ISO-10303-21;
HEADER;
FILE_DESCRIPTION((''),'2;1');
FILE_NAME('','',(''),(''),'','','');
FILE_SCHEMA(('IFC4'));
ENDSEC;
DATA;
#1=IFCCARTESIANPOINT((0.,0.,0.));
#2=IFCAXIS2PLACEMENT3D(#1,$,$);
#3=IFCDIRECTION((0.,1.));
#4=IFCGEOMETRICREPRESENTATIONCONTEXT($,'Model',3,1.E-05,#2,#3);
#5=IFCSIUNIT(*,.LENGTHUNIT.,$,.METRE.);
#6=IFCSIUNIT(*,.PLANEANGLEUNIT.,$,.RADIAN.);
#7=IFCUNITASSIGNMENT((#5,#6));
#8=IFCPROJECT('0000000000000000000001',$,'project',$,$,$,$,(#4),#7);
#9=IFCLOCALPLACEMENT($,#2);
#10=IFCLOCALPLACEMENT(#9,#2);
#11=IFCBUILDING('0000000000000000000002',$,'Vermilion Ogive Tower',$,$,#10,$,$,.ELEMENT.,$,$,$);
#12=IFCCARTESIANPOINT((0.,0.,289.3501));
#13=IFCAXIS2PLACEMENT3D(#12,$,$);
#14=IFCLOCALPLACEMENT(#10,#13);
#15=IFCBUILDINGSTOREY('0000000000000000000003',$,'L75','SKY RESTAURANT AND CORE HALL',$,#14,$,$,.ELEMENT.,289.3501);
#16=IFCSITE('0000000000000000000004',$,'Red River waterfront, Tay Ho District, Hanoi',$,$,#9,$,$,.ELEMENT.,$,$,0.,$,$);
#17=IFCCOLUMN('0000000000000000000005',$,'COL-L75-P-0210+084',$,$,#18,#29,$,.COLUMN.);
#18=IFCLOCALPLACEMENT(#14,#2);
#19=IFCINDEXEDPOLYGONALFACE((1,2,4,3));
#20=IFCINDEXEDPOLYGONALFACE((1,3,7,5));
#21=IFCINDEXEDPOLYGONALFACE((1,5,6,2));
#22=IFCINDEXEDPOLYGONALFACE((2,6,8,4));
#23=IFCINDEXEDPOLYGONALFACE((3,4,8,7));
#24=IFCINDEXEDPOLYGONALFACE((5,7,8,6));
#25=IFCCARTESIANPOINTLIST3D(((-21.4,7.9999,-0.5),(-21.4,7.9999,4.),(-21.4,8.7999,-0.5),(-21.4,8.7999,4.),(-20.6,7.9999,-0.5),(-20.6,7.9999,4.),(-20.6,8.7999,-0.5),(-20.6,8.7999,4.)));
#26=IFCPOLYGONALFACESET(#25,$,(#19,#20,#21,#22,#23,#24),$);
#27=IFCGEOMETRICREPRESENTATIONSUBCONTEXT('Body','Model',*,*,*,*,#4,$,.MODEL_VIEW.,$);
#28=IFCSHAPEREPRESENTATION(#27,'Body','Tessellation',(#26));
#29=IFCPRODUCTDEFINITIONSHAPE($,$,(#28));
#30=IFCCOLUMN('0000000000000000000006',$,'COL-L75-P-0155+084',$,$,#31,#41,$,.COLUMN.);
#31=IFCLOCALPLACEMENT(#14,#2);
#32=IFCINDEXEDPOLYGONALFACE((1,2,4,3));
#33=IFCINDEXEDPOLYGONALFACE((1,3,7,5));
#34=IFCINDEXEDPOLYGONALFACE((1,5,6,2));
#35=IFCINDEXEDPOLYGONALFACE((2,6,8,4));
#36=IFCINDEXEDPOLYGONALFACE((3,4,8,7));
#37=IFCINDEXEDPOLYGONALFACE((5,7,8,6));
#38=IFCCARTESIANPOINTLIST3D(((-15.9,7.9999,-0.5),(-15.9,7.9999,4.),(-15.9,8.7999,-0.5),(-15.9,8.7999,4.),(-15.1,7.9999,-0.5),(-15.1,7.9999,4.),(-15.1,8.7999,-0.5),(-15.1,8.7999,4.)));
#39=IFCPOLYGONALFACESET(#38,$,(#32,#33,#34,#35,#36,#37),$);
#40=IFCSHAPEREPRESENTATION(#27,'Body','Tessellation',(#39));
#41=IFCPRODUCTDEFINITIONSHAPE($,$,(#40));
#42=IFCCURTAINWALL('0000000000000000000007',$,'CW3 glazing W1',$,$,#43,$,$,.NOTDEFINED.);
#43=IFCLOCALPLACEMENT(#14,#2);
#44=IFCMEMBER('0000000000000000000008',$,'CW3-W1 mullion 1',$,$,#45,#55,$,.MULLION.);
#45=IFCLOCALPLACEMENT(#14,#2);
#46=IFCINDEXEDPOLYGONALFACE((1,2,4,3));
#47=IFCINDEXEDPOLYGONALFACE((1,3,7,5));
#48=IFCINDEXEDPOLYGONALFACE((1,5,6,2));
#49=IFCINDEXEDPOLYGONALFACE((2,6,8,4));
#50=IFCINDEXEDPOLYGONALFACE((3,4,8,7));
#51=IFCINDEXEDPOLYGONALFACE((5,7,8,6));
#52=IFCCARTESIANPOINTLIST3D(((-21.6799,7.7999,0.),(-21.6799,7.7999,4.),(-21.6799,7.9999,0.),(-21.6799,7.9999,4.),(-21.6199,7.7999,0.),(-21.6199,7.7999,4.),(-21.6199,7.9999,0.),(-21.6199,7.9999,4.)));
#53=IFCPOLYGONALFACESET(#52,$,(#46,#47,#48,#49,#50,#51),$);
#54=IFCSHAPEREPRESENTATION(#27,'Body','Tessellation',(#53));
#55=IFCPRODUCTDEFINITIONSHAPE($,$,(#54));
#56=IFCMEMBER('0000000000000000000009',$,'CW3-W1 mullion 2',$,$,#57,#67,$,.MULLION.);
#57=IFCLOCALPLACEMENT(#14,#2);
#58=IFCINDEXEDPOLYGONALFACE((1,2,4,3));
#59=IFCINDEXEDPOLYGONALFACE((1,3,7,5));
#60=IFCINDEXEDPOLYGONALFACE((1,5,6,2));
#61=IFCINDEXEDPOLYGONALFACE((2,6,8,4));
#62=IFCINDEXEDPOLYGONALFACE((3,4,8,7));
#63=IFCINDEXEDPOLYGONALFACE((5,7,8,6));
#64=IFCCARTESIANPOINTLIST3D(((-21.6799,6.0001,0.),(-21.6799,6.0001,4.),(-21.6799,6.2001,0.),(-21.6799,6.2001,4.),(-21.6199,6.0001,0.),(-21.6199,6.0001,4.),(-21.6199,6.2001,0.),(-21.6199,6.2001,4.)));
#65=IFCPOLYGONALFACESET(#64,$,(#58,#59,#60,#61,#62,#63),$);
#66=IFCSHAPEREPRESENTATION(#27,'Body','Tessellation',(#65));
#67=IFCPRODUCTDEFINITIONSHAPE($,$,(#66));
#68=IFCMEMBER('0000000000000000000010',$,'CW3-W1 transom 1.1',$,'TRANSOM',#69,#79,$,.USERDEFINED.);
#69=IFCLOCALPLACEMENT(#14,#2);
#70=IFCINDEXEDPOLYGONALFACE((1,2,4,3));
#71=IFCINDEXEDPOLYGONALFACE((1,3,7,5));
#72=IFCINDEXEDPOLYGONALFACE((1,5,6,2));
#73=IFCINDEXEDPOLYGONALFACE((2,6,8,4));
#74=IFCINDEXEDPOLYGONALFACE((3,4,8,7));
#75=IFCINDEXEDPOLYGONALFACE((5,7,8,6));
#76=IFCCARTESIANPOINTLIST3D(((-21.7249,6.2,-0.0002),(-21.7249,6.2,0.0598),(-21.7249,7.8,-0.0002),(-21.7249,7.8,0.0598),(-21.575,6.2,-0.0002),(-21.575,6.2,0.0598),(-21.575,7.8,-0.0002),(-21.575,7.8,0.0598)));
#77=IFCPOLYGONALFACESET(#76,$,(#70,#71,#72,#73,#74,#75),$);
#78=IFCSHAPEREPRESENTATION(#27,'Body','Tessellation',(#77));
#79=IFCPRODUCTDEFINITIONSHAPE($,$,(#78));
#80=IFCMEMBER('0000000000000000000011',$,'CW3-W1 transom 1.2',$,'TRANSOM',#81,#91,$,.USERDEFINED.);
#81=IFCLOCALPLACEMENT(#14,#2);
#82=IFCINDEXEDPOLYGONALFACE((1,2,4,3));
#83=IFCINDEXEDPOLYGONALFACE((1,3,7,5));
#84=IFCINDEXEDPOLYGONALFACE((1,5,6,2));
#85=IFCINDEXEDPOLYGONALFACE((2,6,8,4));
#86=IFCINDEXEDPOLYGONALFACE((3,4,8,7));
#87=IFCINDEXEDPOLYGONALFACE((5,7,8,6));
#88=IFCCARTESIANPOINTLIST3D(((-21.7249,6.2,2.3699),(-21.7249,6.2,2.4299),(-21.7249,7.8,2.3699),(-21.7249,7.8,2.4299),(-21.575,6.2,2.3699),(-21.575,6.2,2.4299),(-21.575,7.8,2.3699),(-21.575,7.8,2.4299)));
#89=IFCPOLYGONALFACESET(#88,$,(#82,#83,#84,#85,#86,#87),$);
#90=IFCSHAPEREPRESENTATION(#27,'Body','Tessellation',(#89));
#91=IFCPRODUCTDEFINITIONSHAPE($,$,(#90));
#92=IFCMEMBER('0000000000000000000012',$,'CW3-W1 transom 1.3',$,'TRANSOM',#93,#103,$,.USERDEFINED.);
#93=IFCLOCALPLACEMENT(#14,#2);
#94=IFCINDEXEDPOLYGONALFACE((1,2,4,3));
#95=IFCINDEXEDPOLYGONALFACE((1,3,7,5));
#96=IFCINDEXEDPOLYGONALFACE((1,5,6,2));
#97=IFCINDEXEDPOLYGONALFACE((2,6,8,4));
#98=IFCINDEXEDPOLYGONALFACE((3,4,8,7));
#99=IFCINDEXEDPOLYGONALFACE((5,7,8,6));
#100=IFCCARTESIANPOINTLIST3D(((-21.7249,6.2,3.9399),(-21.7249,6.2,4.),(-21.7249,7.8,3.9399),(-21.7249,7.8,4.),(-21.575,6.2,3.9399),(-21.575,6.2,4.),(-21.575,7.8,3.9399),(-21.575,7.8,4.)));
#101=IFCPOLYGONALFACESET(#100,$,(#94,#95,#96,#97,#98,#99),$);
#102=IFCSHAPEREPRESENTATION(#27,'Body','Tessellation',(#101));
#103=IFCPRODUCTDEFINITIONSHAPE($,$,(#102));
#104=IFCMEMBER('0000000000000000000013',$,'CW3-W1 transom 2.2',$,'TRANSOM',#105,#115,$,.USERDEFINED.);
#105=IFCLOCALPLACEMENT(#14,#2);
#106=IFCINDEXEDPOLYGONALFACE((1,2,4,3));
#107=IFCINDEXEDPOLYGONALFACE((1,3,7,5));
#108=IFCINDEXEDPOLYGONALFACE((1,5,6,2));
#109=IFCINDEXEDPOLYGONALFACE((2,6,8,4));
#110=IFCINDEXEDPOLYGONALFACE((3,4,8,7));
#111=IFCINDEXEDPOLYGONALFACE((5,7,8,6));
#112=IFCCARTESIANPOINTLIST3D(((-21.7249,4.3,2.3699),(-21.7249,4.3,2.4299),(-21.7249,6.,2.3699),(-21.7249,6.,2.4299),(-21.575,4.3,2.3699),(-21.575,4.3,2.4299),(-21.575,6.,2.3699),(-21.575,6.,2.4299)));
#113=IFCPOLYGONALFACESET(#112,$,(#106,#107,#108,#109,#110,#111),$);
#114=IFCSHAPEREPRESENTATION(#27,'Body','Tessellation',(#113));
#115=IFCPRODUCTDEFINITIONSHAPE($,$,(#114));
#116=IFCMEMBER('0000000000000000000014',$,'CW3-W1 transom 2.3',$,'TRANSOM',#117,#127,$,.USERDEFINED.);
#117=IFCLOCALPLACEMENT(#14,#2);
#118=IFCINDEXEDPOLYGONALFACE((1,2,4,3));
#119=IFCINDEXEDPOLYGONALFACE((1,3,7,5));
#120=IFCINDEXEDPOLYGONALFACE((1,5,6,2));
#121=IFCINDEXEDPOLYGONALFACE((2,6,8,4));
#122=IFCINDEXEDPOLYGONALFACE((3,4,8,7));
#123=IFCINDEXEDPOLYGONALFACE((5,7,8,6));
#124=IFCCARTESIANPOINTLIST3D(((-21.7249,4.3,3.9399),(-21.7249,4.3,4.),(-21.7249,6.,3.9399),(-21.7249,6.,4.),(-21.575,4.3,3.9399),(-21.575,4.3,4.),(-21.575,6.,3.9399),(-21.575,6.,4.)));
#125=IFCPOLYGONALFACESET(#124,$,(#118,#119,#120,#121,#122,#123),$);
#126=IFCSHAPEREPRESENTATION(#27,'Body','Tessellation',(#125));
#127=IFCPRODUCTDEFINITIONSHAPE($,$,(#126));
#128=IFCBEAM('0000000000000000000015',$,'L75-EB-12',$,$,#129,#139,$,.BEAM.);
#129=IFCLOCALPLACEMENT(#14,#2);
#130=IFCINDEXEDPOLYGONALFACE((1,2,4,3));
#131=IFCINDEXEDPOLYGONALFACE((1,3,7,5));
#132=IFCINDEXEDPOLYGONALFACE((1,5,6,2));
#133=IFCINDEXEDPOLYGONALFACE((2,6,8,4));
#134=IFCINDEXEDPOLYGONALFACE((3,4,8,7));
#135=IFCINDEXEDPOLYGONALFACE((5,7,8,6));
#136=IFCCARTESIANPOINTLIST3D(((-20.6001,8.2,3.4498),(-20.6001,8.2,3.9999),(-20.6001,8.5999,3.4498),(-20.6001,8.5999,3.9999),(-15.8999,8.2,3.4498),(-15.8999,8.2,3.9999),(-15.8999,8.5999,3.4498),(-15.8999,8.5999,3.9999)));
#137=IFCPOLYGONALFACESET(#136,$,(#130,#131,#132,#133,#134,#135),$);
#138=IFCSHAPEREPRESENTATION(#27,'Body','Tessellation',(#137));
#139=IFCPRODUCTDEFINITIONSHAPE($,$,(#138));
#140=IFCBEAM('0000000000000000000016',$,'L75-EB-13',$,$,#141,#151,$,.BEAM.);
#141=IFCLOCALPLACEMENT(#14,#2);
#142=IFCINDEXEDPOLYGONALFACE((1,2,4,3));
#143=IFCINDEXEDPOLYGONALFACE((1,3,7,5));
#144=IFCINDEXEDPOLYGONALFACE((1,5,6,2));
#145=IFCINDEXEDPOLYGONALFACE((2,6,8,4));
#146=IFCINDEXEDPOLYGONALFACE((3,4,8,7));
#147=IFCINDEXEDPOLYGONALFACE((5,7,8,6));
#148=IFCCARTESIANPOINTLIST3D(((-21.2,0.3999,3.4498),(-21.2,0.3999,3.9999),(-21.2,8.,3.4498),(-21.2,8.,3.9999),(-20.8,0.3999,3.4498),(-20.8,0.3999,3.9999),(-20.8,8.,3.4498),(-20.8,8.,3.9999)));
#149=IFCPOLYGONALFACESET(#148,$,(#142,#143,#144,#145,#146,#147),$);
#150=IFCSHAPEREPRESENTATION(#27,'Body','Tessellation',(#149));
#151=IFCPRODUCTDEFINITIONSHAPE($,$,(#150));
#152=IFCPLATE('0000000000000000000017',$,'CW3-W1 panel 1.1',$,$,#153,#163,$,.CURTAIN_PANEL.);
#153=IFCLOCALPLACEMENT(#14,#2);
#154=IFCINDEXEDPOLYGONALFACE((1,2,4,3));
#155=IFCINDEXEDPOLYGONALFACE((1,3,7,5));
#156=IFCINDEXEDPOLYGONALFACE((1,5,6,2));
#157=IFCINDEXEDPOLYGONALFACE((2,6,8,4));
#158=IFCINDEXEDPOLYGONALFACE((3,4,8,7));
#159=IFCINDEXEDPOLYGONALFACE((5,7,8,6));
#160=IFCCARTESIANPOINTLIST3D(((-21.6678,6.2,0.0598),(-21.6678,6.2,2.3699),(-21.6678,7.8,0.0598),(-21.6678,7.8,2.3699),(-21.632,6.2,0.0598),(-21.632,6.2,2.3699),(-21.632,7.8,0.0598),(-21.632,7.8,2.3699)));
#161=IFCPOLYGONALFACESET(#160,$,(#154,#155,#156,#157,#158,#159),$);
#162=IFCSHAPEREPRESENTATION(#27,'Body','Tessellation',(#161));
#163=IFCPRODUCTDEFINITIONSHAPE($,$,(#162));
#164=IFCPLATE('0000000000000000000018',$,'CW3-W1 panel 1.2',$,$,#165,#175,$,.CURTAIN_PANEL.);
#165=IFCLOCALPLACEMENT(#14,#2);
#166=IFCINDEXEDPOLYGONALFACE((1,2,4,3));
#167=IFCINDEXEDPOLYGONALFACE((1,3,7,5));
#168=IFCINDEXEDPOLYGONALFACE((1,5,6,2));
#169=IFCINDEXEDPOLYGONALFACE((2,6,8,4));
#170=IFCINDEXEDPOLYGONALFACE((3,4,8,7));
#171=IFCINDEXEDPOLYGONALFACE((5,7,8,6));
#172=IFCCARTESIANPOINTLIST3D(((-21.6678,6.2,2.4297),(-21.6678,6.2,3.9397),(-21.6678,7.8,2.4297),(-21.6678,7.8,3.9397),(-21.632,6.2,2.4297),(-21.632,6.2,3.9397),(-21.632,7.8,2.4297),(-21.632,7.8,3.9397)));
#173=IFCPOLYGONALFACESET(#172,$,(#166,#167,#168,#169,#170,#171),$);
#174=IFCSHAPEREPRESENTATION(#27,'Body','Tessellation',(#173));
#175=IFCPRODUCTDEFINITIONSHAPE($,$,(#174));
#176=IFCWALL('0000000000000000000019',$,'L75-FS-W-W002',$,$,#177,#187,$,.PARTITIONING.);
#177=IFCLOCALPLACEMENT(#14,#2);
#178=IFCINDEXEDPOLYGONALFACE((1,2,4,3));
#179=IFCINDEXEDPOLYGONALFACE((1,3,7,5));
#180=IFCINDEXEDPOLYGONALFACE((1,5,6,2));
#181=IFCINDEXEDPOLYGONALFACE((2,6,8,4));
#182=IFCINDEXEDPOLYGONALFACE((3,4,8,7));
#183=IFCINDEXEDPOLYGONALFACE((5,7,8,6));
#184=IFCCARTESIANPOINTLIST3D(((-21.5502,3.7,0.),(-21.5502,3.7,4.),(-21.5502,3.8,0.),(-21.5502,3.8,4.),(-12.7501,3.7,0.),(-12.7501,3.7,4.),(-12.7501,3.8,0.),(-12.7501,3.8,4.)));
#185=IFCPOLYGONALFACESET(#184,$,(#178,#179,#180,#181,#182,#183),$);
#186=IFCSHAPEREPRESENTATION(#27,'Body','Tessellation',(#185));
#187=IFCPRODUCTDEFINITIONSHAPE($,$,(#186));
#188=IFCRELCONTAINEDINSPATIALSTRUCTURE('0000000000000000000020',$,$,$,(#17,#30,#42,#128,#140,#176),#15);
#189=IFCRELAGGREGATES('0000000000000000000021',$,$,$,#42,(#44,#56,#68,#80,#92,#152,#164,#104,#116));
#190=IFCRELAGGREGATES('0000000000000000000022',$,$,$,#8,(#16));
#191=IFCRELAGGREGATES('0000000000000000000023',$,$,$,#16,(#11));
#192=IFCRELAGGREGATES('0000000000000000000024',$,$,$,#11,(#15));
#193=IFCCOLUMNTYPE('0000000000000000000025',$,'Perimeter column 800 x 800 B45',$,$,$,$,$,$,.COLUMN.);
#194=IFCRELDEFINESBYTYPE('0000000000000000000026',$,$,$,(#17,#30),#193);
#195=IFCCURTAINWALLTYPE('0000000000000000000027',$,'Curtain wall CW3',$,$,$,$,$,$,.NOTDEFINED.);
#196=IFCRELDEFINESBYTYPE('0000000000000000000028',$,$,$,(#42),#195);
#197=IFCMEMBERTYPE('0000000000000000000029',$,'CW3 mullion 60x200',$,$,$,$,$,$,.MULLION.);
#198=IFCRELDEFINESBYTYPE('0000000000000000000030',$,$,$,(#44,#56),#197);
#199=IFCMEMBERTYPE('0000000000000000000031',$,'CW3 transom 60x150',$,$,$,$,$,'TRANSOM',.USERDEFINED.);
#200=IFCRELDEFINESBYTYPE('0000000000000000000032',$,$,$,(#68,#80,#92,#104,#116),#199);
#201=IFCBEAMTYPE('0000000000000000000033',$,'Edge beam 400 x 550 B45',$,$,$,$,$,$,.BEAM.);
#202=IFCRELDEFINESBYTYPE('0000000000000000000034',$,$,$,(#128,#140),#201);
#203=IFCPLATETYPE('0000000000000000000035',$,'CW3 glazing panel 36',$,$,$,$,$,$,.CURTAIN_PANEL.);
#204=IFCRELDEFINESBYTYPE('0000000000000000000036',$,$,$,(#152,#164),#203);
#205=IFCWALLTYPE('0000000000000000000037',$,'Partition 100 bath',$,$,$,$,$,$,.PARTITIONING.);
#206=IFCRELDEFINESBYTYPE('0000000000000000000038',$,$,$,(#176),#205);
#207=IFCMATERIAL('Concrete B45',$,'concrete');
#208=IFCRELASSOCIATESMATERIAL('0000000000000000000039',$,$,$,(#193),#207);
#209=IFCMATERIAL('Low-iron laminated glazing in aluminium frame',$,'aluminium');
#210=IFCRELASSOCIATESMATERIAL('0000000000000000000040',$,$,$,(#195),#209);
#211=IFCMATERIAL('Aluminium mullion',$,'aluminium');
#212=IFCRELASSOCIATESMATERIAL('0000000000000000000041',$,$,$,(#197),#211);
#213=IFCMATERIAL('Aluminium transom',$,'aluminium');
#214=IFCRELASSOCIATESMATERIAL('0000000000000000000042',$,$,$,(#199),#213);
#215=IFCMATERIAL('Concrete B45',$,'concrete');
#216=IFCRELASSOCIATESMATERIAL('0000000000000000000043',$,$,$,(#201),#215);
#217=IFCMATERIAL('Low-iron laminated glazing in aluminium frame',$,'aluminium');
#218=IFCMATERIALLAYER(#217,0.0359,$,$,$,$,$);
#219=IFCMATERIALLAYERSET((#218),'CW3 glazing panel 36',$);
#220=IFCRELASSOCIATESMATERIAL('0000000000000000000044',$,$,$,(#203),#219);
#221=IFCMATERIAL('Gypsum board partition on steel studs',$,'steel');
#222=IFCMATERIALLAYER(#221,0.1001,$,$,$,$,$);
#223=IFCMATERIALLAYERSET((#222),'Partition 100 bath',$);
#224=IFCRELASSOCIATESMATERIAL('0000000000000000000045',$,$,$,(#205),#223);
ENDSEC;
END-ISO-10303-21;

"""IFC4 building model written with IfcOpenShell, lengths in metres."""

from ifc_helpers import new_model, si_unit, direction, frame, frame_2d, origin, origin_2d, place, context, subcontext, project, spatial, rectangle, extrude, material, layer, layer_set, material_profile, profile_set, type_object, element, aggregate, save


model = new_model("IFC4")

# Units and contexts
model_context = context("Model", 3, precision=1e-05, world=origin(), true_north=direction((0.0, 1.0)))
body_context = subcontext(model_context, "Body", "Model", "MODEL_VIEW")
ifc_project = project(units=[si_unit("LENGTHUNIT", "METRE"), si_unit("PLANEANGLEUNIT", "RADIAN")], contexts=[model_context])

# Site, building, storey
site_placement = place(None, origin())
site = spatial("IfcSite", under=ifc_project, at=site_placement, Name="Red River waterfront, Tay Ho District, Hanoi", CompositionType="ELEMENT", RefElevation=0.0)
building_placement = place(site_placement, origin())
building = spatial("IfcBuilding", under=site, at=building_placement, Name="Vermilion Ogive Tower", CompositionType="ELEMENT")
storey_placement = place(building_placement, frame((0.0, 0.0, 289.3501)))
storey = spatial("IfcBuildingStorey", under=building, at=storey_placement, Name="L75", Description="SKY RESTAURANT AND CORE HALL", CompositionType="ELEMENT", Elevation=289.3501)

# Columns
ifc_material_1 = material(Name="Concrete B45", Category="concrete")
ifc_material_profile_1 = material_profile(ifc_material_1, rectangle(XDim=0.8, YDim=0.8, at=origin_2d()), Name="800 x 800")
ifc_profile_set_1 = profile_set([ifc_material_profile_1], Name="Concrete B45")
column_type = type_object("IfcColumnType", Name="Perimeter column 800 x 800 B45", PredefinedType="COLUMN", material=ifc_profile_set_1)
for number, where, z_axis, x_axis, name in (
    (1, (-21.0, 8.3999, -0.5), (0.0, 0.0, 1.0), (1.0, 0.0, 0.0), "COL-L75-P-0210+084"),
    (2, (-15.5, 8.3999, -0.5), (0.0, 0.0, 1.0), (1.0, 0.0, 0.0), "COL-L75-P-0155+084"),
):
    element("IfcColumn", number, at=place(storey_placement, frame(where, z_axis=z_axis, x_axis=x_axis)), inside=storey, type_object=column_type, Name=name, PredefinedType="COLUMN", context=body_context, shape_type="SweptSolid", body=[
        extrude(rectangle(XDim=0.8, YDim=0.8, at=origin_2d()), origin(), (0.0, 0.0, 1.0), 4.5),
    ])

# Curtain wall, members
ifc_material_2 = material(Name="Low-iron laminated glazing in aluminium frame", Category="aluminium")
curtain_wall_type = type_object("IfcCurtainWallType", Name="Curtain wall CW3", PredefinedType="NOTDEFINED", material=ifc_material_2)
curtain_wall_placement = place(storey_placement, origin())
curtain_wall = element("IfcCurtainWall", 3, at=curtain_wall_placement, inside=storey, type_object=curtain_wall_type, Name="CW3 glazing W1", PredefinedType="NOTDEFINED")
ifc_material_3 = material(Name="Aluminium mullion", Category="aluminium")
ifc_material_profile_2 = material_profile(ifc_material_3, rectangle(XDim=0.0601, YDim=0.2, at=origin_2d()), Name="AL 60x200")
ifc_profile_set_2 = profile_set([ifc_material_profile_2], Name="Aluminium mullion")
member_type_1 = type_object("IfcMemberType", Name="CW3 mullion 60x200", PredefinedType="MULLION", material=ifc_profile_set_2)
member_1_placement = place(storey_placement, frame((-21.6499, 7.8999, 0.0), z_axis=(0.0, 0.0, 1.0), x_axis=(1.0, 0.0, 0.0)))
member_1 = element("IfcMember", 4, at=member_1_placement, type_object=member_type_1, Name="CW3-W1 mullion 1", PredefinedType="MULLION", context=body_context, shape_type="SweptSolid", body=[
    extrude(rectangle(XDim=0.0601, YDim=0.2, at=origin_2d()), origin(), (0.0, 0.0, 1.0), 4.0),
])
member_2_placement = place(storey_placement, frame((-21.6499, 6.1001, 0.0), z_axis=(0.0, 0.0, 1.0), x_axis=(1.0, 0.0, 0.0)))
member_2 = element("IfcMember", 5, at=member_2_placement, type_object=member_type_1, Name="CW3-W1 mullion 2", PredefinedType="MULLION", context=body_context, shape_type="SweptSolid", body=[
    extrude(rectangle(XDim=0.0601, YDim=0.2, at=origin_2d()), origin(), (0.0, 0.0, 1.0), 4.0),
])
ifc_material_4 = material(Name="Aluminium transom", Category="aluminium")
ifc_material_profile_3 = material_profile(ifc_material_4, rectangle(XDim=0.1499, YDim=0.0601, at=origin_2d()), Name="AL 60x150")
ifc_profile_set_3 = profile_set([ifc_material_profile_3], Name="Aluminium transom")
member_type_2 = type_object("IfcMemberType", Name="CW3 transom 60x150", ElementType="TRANSOM", PredefinedType="USERDEFINED", material=ifc_profile_set_3)
member_3_placement = place(storey_placement, frame((-21.6499, 7.8, 0.0298), z_axis=(0.0, -1.0, 0.0), x_axis=(1.0, 0.0, 0.0)))
member_3 = element("IfcMember", 6, at=member_3_placement, type_object=member_type_2, Name="CW3-W1 transom 1.1", ObjectType="TRANSOM", PredefinedType="USERDEFINED", context=body_context, shape_type="SweptSolid", body=[
    extrude(rectangle(XDim=0.1499, YDim=0.0601, at=origin_2d()), origin(), (0.0, 0.0, 1.0), 1.6001),
])
member_4_placement = place(storey_placement, frame((-21.6499, 7.8, 2.3999), z_axis=(0.0, -1.0, 0.0), x_axis=(1.0, 0.0, 0.0)))
member_4 = element("IfcMember", 7, at=member_4_placement, type_object=member_type_2, Name="CW3-W1 transom 1.2", ObjectType="TRANSOM", PredefinedType="USERDEFINED", context=body_context, shape_type="SweptSolid", body=[
    extrude(rectangle(XDim=0.1499, YDim=0.0601, at=origin_2d()), origin(), (0.0, 0.0, 1.0), 1.6001),
])
member_5_placement = place(storey_placement, frame((-21.6499, 7.8, 3.97), z_axis=(0.0, -1.0, 0.0), x_axis=(1.0, 0.0, 0.0)))
member_5 = element("IfcMember", 8, at=member_5_placement, type_object=member_type_2, Name="CW3-W1 transom 1.3", ObjectType="TRANSOM", PredefinedType="USERDEFINED", context=body_context, shape_type="SweptSolid", body=[
    extrude(rectangle(XDim=0.1499, YDim=0.0601, at=origin_2d()), origin(), (0.0, 0.0, 1.0), 1.6001),
])
member_6_placement = place(storey_placement, frame((-21.6499, 6.0, 2.3999), z_axis=(0.0, -1.0, 0.0), x_axis=(1.0, 0.0, 0.0)))
member_6 = element("IfcMember", 9, at=member_6_placement, type_object=member_type_2, Name="CW3-W1 transom 2.2", ObjectType="TRANSOM", PredefinedType="USERDEFINED", context=body_context, shape_type="SweptSolid", body=[
    extrude(rectangle(XDim=0.1499, YDim=0.0601, at=origin_2d()), origin(), (0.0, 0.0, 1.0), 1.7),
])
member_7_placement = place(storey_placement, frame((-21.6499, 6.0, 3.97), z_axis=(0.0, -1.0, 0.0), x_axis=(1.0, 0.0, 0.0)))
member_7 = element("IfcMember", 10, at=member_7_placement, type_object=member_type_2, Name="CW3-W1 transom 2.3", ObjectType="TRANSOM", PredefinedType="USERDEFINED", context=body_context, shape_type="SweptSolid", body=[
    extrude(rectangle(XDim=0.1499, YDim=0.0601, at=origin_2d()), origin(), (0.0, 0.0, 1.0), 1.7),
])

# Beams
ifc_material_5 = material(Name="Concrete B45", Category="concrete")
ifc_material_profile_4 = material_profile(ifc_material_5, rectangle(XDim=0.3999, YDim=0.55, at=origin_2d()), Name="400 x 550")
ifc_profile_set_4 = profile_set([ifc_material_profile_4], Name="Concrete B45")
beam_type = type_object("IfcBeamType", Name="Edge beam 400 x 550 B45", PredefinedType="BEAM", material=ifc_profile_set_4)
beam_1_placement = place(storey_placement, frame((-15.8999, 8.3999, 3.7249), z_axis=(-1.0, 0.0, 0.0), x_axis=(0.0, -1.0, 0.0)))
element("IfcBeam", 11, at=beam_1_placement, inside=storey, type_object=beam_type, Name="L75-EB-12", PredefinedType="BEAM", context=body_context, shape_type="SweptSolid", body=[
    extrude(rectangle(XDim=0.3999, YDim=0.55, at=origin_2d()), origin(), (0.0, 0.0, 1.0), 4.7002),
])
beam_2_placement = place(storey_placement, frame((-21.0, 8.0, 3.7249), z_axis=(0.0, -1.0, 0.0), x_axis=(1.0, 0.0, 0.0)))
element("IfcBeam", 12, at=beam_2_placement, inside=storey, type_object=beam_type, Name="L75-EB-13", PredefinedType="BEAM", context=body_context, shape_type="SweptSolid", body=[
    extrude(rectangle(XDim=0.3999, YDim=0.55, at=origin_2d()), origin(), (0.0, 0.0, 1.0), 7.6001),
])

# Plates
ifc_material_6 = material(Name="Low-iron laminated glazing in aluminium frame", Category="aluminium")
ifc_layer_1 = layer(ifc_material_6, 0.0359)
ifc_layer_set_1 = layer_set([ifc_layer_1], Name="CW3 glazing panel 36")
plate_type = type_object("IfcPlateType", Name="CW3 glazing panel 36", PredefinedType="CURTAIN_PANEL", material=ifc_layer_set_1)
plate_1_placement = place(storey_placement, frame((-21.6499, 7.0, 0.0598), z_axis=(0.0, 0.0, 1.0), x_axis=(0.0, -1.0, 0.0)))
plate_1 = element("IfcPlate", 13, at=plate_1_placement, type_object=plate_type, Name="CW3-W1 panel 1.1", PredefinedType="CURTAIN_PANEL", context=body_context, shape_type="SweptSolid", body=[
    extrude(rectangle(XDim=1.6001, YDim=0.0359, at=origin_2d()), origin(), (0.0, 0.0, 1.0), 2.3101),
])
plate_2_placement = place(storey_placement, frame((-21.6499, 7.0, 2.4297), z_axis=(0.0, 0.0, 1.0), x_axis=(0.0, -1.0, 0.0)))
plate_2 = element("IfcPlate", 14, at=plate_2_placement, type_object=plate_type, Name="CW3-W1 panel 1.2", PredefinedType="CURTAIN_PANEL", context=body_context, shape_type="SweptSolid", body=[
    extrude(rectangle(XDim=1.6001, YDim=0.0359, at=origin_2d()), origin(), (0.0, 0.0, 1.0), 1.51),
])
aggregate(curtain_wall, [member_1, member_2, member_3, member_4, member_5, plate_1, plate_2, member_6, member_7])

# Wall
ifc_material_7 = material(Name="Gypsum board partition on steel studs", Category="steel")
ifc_layer_2 = layer(ifc_material_7, 0.1001)
ifc_layer_set_2 = layer_set([ifc_layer_2], Name="Partition 100 bath")
wall_type_1 = type_object("IfcWallType", Name="Partition 100 bath", PredefinedType="PARTITIONING", material=ifc_layer_set_2)
for number, where, z_axis, x_axis, name in (
    (15, (-21.55, 3.75, 0.0), (0.0, 0.0, 1.0), (1.0, 0.0, 0.0), "L75-FS-W-W002"),
):
    element("IfcWall", number, at=place(storey_placement, frame(where, z_axis=z_axis, x_axis=x_axis)), inside=storey, type_object=wall_type_1, Name=name, PredefinedType="PARTITIONING", context=body_context, shape_type="SweptSolid", body=[
        extrude(rectangle(XDim=8.8, YDim=0.1001, at=frame_2d((4.3999, 0.0))), origin(), (0.0, 0.0, 1.0), 4.0),
    ])

save(model, "model.ifc")
